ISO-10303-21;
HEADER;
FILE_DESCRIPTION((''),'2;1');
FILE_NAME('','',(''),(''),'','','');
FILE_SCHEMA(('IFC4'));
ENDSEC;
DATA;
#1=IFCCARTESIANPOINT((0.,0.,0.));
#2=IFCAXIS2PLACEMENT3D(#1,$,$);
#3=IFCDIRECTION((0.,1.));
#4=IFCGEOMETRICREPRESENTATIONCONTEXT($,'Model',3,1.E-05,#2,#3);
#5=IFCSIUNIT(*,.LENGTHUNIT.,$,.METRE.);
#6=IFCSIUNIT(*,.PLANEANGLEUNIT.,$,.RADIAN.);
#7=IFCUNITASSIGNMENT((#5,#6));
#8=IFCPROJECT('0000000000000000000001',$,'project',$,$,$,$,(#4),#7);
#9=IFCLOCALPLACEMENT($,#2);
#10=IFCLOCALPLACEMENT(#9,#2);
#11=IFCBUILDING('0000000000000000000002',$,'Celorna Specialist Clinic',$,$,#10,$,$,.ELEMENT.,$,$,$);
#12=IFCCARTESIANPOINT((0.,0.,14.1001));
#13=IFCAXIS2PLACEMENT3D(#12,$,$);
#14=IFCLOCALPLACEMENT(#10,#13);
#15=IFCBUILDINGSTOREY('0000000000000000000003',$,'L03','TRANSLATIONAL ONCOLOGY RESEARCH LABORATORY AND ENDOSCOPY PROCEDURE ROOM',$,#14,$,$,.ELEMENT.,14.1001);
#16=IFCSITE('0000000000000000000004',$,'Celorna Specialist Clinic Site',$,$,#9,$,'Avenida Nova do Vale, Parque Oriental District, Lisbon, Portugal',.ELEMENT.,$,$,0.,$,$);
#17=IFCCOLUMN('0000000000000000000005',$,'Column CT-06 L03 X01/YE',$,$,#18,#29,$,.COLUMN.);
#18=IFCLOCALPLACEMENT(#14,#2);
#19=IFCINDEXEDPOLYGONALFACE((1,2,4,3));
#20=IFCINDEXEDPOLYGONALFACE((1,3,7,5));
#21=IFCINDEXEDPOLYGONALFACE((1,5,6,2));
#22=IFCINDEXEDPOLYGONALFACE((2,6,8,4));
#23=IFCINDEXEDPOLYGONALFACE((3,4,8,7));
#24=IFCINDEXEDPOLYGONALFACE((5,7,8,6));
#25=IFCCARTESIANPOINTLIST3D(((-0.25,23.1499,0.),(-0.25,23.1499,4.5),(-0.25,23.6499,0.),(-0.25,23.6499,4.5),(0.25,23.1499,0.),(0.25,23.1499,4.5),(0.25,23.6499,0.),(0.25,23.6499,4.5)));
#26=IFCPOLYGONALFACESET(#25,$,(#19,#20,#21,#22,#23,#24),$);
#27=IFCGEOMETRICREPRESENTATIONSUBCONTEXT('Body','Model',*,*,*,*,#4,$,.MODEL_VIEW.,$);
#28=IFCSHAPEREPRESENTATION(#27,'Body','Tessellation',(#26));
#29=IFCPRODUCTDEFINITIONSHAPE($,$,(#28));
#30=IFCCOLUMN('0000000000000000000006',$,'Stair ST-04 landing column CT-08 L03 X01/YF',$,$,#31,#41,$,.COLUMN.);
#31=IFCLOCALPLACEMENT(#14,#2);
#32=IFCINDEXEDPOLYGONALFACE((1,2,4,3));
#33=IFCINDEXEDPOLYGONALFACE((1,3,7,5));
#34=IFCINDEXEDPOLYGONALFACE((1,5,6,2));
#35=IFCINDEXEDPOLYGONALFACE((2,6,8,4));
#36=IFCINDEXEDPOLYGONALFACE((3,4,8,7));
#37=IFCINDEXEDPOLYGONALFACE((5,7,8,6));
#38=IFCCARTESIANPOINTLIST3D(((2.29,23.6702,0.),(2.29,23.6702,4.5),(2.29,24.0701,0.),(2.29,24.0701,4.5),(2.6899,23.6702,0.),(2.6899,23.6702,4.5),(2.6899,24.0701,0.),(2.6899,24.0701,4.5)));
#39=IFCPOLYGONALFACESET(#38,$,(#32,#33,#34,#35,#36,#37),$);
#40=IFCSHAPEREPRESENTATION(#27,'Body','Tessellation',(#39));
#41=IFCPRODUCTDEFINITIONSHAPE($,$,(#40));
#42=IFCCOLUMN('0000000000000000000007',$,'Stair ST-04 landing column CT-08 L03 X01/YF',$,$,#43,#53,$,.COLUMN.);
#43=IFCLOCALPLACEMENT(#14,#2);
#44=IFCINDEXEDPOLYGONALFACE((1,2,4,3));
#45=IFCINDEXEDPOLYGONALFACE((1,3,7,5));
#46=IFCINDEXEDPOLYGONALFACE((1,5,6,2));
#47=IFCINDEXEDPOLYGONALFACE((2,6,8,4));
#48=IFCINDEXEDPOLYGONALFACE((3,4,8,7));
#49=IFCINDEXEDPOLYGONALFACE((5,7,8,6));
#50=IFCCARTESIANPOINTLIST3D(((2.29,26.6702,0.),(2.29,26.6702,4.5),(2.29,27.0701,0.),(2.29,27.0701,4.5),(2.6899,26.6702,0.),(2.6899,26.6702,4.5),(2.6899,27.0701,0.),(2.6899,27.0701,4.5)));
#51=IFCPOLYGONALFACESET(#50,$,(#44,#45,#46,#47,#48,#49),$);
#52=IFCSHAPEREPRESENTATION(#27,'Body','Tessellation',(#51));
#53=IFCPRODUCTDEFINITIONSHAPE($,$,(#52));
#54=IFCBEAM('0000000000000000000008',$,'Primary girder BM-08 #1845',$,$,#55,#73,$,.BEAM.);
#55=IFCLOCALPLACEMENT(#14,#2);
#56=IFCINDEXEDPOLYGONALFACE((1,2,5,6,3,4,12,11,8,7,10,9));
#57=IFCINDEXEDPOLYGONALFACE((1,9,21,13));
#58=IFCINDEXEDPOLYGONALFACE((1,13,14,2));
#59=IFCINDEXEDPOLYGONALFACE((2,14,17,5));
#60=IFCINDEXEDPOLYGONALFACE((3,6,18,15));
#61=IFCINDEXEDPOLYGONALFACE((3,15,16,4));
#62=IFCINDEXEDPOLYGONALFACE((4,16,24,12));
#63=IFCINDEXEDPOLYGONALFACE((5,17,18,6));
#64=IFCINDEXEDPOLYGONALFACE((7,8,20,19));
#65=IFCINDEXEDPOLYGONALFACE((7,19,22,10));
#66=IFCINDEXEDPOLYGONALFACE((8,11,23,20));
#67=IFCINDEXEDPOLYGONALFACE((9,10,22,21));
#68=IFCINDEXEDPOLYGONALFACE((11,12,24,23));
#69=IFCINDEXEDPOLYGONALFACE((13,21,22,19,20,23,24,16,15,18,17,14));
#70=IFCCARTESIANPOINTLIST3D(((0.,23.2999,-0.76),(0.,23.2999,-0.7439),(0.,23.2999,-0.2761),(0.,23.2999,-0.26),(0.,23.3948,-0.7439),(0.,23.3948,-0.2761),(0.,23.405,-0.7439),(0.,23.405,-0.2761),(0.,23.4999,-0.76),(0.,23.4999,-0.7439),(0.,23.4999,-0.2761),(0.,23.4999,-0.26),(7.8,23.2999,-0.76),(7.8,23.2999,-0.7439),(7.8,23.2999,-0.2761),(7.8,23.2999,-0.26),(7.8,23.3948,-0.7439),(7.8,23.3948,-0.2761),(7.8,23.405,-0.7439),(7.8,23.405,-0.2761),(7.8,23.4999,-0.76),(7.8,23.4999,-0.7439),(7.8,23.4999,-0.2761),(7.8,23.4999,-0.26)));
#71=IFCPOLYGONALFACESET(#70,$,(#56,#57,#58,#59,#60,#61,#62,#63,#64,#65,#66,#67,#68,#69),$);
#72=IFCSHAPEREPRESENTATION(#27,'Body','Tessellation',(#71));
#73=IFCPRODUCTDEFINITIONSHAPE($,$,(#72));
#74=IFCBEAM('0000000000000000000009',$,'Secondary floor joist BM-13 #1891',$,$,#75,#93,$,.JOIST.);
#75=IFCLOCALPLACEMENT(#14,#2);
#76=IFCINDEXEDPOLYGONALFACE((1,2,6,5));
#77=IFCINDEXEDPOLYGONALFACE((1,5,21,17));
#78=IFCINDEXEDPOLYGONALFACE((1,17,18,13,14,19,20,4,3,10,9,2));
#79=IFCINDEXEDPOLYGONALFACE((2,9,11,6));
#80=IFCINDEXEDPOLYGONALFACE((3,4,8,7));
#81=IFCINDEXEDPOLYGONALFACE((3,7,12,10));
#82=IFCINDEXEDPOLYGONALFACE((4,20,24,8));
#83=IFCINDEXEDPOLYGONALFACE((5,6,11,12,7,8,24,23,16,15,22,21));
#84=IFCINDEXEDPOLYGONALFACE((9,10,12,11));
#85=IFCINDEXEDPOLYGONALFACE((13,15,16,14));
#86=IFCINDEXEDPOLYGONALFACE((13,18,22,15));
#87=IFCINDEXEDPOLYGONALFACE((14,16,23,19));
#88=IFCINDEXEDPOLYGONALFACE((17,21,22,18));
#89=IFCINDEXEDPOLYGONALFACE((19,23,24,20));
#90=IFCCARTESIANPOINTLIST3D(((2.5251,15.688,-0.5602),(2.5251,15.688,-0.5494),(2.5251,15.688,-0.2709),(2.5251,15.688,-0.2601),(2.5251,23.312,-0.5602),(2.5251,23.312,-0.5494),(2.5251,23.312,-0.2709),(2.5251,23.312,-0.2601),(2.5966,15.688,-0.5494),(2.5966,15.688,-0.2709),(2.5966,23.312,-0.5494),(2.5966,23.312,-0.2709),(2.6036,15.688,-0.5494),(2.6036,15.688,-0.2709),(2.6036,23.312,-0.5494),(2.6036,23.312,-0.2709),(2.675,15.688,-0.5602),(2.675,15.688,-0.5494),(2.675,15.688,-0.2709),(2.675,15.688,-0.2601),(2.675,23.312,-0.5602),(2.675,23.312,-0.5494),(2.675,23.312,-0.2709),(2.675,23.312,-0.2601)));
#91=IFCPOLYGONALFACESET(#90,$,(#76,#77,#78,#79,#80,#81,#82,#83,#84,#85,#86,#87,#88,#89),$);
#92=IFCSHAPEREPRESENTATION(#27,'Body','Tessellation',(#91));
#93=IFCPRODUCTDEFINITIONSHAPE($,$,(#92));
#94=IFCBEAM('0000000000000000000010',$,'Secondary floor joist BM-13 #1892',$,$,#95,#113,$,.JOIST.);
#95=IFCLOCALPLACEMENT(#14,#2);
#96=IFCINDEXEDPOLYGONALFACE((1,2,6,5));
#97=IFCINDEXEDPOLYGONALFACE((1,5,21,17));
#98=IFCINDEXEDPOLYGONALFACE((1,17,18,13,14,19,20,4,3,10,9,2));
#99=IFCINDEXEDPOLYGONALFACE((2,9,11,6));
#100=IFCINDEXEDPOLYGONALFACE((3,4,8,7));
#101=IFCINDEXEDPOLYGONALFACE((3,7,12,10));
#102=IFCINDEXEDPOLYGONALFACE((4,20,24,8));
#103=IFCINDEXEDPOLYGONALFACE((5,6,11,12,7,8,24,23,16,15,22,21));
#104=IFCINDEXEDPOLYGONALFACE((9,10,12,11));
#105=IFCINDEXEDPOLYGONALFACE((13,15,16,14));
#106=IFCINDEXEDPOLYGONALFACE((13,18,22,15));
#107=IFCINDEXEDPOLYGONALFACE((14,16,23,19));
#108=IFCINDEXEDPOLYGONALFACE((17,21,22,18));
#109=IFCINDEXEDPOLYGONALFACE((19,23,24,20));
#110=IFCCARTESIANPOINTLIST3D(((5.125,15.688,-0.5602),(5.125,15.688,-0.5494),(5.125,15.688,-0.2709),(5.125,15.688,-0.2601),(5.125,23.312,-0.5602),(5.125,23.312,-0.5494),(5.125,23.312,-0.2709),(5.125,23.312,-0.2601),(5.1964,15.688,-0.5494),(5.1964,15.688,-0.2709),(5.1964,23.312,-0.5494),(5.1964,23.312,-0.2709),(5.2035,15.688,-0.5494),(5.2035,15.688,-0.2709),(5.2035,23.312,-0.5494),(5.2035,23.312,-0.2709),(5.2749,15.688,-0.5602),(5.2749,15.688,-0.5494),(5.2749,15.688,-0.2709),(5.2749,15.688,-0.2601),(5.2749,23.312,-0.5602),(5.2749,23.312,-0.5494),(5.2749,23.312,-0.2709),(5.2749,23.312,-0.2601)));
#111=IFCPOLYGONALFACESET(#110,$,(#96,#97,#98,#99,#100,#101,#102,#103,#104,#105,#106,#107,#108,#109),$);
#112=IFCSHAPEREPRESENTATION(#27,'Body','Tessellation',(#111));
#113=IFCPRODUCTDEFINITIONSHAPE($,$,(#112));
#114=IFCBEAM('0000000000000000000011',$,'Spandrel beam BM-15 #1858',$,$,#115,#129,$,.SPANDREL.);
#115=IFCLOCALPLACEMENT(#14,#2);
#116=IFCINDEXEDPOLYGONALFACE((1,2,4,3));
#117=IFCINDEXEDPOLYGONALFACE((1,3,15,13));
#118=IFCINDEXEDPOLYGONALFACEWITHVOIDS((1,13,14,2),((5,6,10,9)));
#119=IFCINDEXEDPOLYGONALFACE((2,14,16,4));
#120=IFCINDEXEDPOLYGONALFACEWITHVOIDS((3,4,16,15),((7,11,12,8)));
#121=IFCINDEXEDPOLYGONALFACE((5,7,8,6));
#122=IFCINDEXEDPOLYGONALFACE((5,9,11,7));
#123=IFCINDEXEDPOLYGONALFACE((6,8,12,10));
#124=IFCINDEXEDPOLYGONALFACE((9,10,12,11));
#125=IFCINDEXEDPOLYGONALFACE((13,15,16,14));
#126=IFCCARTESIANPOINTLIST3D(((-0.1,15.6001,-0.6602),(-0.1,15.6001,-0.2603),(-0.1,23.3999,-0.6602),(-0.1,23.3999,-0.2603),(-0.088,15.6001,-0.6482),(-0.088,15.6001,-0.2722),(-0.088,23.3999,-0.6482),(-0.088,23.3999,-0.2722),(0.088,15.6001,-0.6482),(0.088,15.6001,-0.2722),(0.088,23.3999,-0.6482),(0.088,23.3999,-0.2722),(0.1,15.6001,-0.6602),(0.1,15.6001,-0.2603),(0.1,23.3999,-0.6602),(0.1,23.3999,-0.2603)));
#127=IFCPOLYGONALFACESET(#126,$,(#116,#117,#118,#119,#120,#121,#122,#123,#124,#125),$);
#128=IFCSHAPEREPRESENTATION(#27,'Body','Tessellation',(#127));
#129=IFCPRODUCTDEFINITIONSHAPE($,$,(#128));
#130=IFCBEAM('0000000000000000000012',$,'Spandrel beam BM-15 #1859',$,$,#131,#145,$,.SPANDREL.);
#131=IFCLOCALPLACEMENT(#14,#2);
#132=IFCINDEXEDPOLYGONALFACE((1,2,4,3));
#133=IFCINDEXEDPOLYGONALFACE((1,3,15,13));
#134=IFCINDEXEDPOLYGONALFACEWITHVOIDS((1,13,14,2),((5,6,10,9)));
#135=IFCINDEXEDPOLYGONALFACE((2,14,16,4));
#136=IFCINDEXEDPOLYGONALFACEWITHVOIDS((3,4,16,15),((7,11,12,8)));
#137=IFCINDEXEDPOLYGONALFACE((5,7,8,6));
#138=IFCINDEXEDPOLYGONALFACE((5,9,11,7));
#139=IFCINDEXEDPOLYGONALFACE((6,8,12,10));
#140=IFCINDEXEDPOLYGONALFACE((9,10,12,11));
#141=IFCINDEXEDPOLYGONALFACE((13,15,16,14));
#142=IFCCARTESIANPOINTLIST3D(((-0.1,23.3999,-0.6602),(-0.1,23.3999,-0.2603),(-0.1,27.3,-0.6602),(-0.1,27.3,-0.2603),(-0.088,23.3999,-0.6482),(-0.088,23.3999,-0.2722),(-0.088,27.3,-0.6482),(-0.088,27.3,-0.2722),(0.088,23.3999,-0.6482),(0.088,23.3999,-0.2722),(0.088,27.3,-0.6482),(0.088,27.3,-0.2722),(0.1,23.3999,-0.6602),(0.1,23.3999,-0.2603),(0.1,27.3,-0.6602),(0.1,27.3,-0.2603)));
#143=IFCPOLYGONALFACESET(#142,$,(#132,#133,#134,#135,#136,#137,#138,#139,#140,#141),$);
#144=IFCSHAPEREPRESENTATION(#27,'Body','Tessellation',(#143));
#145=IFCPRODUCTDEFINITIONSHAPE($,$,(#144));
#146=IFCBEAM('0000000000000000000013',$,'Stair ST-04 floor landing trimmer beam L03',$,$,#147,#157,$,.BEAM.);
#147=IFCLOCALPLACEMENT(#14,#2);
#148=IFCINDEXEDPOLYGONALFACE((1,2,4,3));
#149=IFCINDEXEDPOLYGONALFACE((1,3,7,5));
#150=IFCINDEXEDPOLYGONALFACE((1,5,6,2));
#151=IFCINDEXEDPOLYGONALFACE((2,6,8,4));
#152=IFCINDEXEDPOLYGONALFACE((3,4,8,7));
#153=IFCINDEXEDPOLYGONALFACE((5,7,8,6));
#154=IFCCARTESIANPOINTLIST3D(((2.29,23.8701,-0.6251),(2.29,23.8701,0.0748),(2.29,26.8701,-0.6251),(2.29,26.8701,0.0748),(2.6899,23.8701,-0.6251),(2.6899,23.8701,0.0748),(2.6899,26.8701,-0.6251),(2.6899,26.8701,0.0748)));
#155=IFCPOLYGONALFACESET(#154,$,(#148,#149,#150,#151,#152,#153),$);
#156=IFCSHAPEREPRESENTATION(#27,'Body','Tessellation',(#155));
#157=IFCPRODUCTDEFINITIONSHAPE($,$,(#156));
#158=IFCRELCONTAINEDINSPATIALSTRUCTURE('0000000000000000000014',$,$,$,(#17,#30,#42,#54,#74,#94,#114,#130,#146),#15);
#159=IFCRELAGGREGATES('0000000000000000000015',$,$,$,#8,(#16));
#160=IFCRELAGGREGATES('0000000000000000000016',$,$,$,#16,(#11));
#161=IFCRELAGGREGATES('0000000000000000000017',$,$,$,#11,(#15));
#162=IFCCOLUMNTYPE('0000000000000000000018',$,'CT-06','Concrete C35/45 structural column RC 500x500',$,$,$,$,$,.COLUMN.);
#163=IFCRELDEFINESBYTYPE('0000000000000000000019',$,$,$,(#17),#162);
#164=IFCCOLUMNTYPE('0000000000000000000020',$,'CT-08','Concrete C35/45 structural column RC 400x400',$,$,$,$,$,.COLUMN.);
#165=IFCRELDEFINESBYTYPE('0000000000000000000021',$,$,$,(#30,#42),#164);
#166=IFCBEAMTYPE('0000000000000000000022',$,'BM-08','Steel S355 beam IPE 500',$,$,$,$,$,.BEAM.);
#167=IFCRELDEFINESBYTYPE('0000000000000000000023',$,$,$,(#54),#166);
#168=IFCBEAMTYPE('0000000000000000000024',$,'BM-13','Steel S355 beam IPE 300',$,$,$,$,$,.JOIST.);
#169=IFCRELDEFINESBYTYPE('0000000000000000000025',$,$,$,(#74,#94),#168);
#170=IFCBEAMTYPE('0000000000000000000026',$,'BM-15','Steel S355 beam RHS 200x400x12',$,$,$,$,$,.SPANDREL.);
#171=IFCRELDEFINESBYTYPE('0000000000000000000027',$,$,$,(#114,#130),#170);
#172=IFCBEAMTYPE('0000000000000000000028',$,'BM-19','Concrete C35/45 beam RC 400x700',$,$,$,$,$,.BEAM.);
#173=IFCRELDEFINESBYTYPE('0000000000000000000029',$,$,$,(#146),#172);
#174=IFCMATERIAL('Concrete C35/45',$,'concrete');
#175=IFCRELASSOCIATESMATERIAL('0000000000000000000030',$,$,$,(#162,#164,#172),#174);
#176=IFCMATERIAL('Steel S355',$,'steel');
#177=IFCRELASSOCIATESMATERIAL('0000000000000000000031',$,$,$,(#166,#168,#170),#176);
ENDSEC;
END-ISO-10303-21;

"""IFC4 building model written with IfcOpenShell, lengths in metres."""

from ifc_helpers import new_model, si_unit, direction, frame, origin, origin_2d, place, context, subcontext, project, spatial, rectangle, hollow_rectangle, i_section, extrude, material, material_profile, profile_set, type_object, element, save


model = new_model("IFC4")

# Units and contexts
model_context = context("Model", 3, precision=1e-05, world=origin(), true_north=direction((0.0, 1.0)))
body_context = subcontext(model_context, "Body", "Model", "MODEL_VIEW")
ifc_project = project(units=[si_unit("LENGTHUNIT", "METRE"), si_unit("PLANEANGLEUNIT", "RADIAN")], contexts=[model_context])

# Site, building, storey
site_placement = place(None, origin())
site = spatial("IfcSite", under=ifc_project, at=site_placement, Name="Celorna Specialist Clinic Site", LongName="Avenida Nova do Vale, Parque Oriental District, Lisbon, Portugal", CompositionType="ELEMENT", RefElevation=0.0)
building_placement = place(site_placement, origin())
building = spatial("IfcBuilding", under=site, at=building_placement, Name="Celorna Specialist Clinic", CompositionType="ELEMENT")
storey_placement = place(building_placement, frame((0.0, 0.0, 14.1001)))
storey = spatial("IfcBuildingStorey", under=building, at=storey_placement, Name="L03", Description="TRANSLATIONAL ONCOLOGY RESEARCH LABORATORY AND ENDOSCOPY PROCEDURE ROOM", CompositionType="ELEMENT", Elevation=14.1001)

# Columns
ifc_material_1 = material(Name="Concrete C35/45", Category="concrete")
ifc_material_profile_1 = material_profile(ifc_material_1, rectangle(XDim=0.5, YDim=0.5, at=origin_2d()), Name="RC 500x500")
ifc_profile_set_1 = profile_set([ifc_material_profile_1], Name="Concrete C35/45")
column_type_1 = type_object("IfcColumnType", Name="CT-06", Description="Concrete C35/45 structural column RC 500x500", PredefinedType="COLUMN", material=ifc_profile_set_1)
column_placement = place(storey_placement, frame((0.0, 23.3999, 0.0), z_axis=(0.0, 0.0, 1.0), x_axis=(1.0, 0.0, 0.0)))
element("IfcColumn", 1, at=column_placement, inside=storey, type_object=column_type_1, Name="Column CT-06 L03 X01/YE", PredefinedType="COLUMN", context=body_context, shape_type="SweptSolid", body=[
    extrude(rectangle(XDim=0.5, YDim=0.5, at=origin_2d()), origin(), (0.0, 0.0, 1.0), 4.5),
])
ifc_material_profile_2 = material_profile(ifc_material_1, rectangle(XDim=0.3999, YDim=0.3999, at=origin_2d()), Name="RC 400x400")
ifc_profile_set_2 = profile_set([ifc_material_profile_2], Name="Concrete C35/45")
column_type_2 = type_object("IfcColumnType", Name="CT-08", Description="Concrete C35/45 structural column RC 400x400", PredefinedType="COLUMN", material=ifc_profile_set_2)
for number, where, z_axis, x_axis, name in (
    (2, (2.49, 23.8701, 0.0), (0.0, 0.0, 1.0), (1.0, 0.0, 0.0), "Stair ST-04 landing column CT-08 L03 X01/YF"),
    (3, (2.49, 26.8701, 0.0), (0.0, 0.0, 1.0), (1.0, 0.0, 0.0), "Stair ST-04 landing column CT-08 L03 X01/YF"),
):
    element("IfcColumn", number, at=place(storey_placement, frame(where, z_axis=z_axis, x_axis=x_axis)), inside=storey, type_object=column_type_2, Name=name, PredefinedType="COLUMN", context=body_context, shape_type="SweptSolid", body=[
        extrude(rectangle(XDim=0.3999, YDim=0.3999, at=origin_2d()), origin(), (0.0, 0.0, 1.0), 4.5),
    ])

# Beams
ifc_material_2 = material(Name="Steel S355", Category="steel")
ifc_material_profile_3 = material_profile(ifc_material_2, i_section(OverallWidth=0.2, OverallDepth=0.5, WebThickness=0.0103, FlangeThickness=0.0161, at=origin_2d()), Name="IPE 500")
ifc_profile_set_3 = profile_set([ifc_material_profile_3], Name="Steel S355")
beam_type_1 = type_object("IfcBeamType", Name="BM-08", Description="Steel S355 beam IPE 500", PredefinedType="BEAM", material=ifc_profile_set_3)
beam_1_placement = place(storey_placement, frame((0.0, 23.3999, -0.51), z_axis=(1.0, 0.0, 0.0), x_axis=(0.0, 1.0, 0.0)))
element("IfcBeam", 4, at=beam_1_placement, inside=storey, type_object=beam_type_1, Name="Primary girder BM-08 #1845", PredefinedType="BEAM", context=body_context, shape_type="SweptSolid", body=[
    extrude(i_section(OverallWidth=0.2, OverallDepth=0.5, WebThickness=0.0103, FlangeThickness=0.0161, at=origin_2d()), origin(), (0.0, 0.0, 1.0), 7.8),
])
ifc_material_profile_4 = material_profile(ifc_material_2, i_section(OverallWidth=0.1499, OverallDepth=0.3, WebThickness=0.0071, FlangeThickness=0.0107, at=origin_2d()), Name="IPE 300")
ifc_profile_set_4 = profile_set([ifc_material_profile_4], Name="Steel S355")
beam_type_2 = type_object("IfcBeamType", Name="BM-13", Description="Steel S355 beam IPE 300", PredefinedType="JOIST", material=ifc_profile_set_4)
for number, where, z_axis, x_axis, name in (
    (5, (2.6001, 15.688, -0.4102), (0.0, 1.0, 0.0), (-1.0, 0.0, 0.0), "Secondary floor joist BM-13 #1891"),
    (6, (5.2, 15.688, -0.4102), (0.0, 1.0, 0.0), (-1.0, 0.0, 0.0), "Secondary floor joist BM-13 #1892"),
):
    element("IfcBeam", number, at=place(storey_placement, frame(where, z_axis=z_axis, x_axis=x_axis)), inside=storey, type_object=beam_type_2, Name=name, PredefinedType="JOIST", context=body_context, shape_type="SweptSolid", body=[
        extrude(i_section(OverallWidth=0.1499, OverallDepth=0.3, WebThickness=0.0071, FlangeThickness=0.0107, at=origin_2d()), origin(), (0.0, 0.0, 1.0), 7.624),
    ])
ifc_material_profile_5 = material_profile(ifc_material_2, hollow_rectangle(XDim=0.2, YDim=0.3999, WallThickness=0.012, at=origin_2d()), Name="RHS 200x400x12")
ifc_profile_set_5 = profile_set([ifc_material_profile_5], Name="Steel S355")
beam_type_3 = type_object("IfcBeamType", Name="BM-15", Description="Steel S355 beam RHS 200x400x12", PredefinedType="SPANDREL", material=ifc_profile_set_5)
beam_2_placement = place(storey_placement, frame((0.0, 15.6001, -0.4602), z_axis=(0.0, 1.0, 0.0), x_axis=(-1.0, 0.0, 0.0)))
element("IfcBeam", 7, at=beam_2_placement, inside=storey, type_object=beam_type_3, Name="Spandrel beam BM-15 #1858", PredefinedType="SPANDREL", context=body_context, shape_type="SweptSolid", body=[
    extrude(hollow_rectangle(XDim=0.2, YDim=0.3999, WallThickness=0.012, at=origin_2d()), origin(), (0.0, 0.0, 1.0), 7.7998),
])
beam_3_placement = place(storey_placement, frame((0.0, 23.3999, -0.4602), z_axis=(0.0, 1.0, 0.0), x_axis=(-1.0, 0.0, 0.0)))
element("IfcBeam", 8, at=beam_3_placement, inside=storey, type_object=beam_type_3, Name="Spandrel beam BM-15 #1859", PredefinedType="SPANDREL", context=body_context, shape_type="SweptSolid", body=[
    extrude(hollow_rectangle(XDim=0.2, YDim=0.3999, WallThickness=0.012, at=origin_2d()), origin(), (0.0, 0.0, 1.0), 3.9001),
])
ifc_material_profile_6 = material_profile(ifc_material_1, rectangle(XDim=0.3999, YDim=0.7, at=origin_2d()), Name="RC 400x700")
ifc_profile_set_6 = profile_set([ifc_material_profile_6], Name="Concrete C35/45")
beam_type_4 = type_object("IfcBeamType", Name="BM-19", Description="Concrete C35/45 beam RC 400x700", PredefinedType="BEAM", material=ifc_profile_set_6)
beam_4_placement = place(storey_placement, frame((2.49, 23.8701, -0.2751), z_axis=(0.0, 1.0, 0.0), x_axis=(-1.0, 0.0, 0.0)))
element("IfcBeam", 9, at=beam_4_placement, inside=storey, type_object=beam_type_4, Name="Stair ST-04 floor landing trimmer beam L03", PredefinedType="BEAM", context=body_context, shape_type="SweptSolid", body=[
    extrude(rectangle(XDim=0.3999, YDim=0.7, at=origin_2d()), origin(), (0.0, 0.0, 1.0), 3.0),
])

save(model, "model.ifc")
